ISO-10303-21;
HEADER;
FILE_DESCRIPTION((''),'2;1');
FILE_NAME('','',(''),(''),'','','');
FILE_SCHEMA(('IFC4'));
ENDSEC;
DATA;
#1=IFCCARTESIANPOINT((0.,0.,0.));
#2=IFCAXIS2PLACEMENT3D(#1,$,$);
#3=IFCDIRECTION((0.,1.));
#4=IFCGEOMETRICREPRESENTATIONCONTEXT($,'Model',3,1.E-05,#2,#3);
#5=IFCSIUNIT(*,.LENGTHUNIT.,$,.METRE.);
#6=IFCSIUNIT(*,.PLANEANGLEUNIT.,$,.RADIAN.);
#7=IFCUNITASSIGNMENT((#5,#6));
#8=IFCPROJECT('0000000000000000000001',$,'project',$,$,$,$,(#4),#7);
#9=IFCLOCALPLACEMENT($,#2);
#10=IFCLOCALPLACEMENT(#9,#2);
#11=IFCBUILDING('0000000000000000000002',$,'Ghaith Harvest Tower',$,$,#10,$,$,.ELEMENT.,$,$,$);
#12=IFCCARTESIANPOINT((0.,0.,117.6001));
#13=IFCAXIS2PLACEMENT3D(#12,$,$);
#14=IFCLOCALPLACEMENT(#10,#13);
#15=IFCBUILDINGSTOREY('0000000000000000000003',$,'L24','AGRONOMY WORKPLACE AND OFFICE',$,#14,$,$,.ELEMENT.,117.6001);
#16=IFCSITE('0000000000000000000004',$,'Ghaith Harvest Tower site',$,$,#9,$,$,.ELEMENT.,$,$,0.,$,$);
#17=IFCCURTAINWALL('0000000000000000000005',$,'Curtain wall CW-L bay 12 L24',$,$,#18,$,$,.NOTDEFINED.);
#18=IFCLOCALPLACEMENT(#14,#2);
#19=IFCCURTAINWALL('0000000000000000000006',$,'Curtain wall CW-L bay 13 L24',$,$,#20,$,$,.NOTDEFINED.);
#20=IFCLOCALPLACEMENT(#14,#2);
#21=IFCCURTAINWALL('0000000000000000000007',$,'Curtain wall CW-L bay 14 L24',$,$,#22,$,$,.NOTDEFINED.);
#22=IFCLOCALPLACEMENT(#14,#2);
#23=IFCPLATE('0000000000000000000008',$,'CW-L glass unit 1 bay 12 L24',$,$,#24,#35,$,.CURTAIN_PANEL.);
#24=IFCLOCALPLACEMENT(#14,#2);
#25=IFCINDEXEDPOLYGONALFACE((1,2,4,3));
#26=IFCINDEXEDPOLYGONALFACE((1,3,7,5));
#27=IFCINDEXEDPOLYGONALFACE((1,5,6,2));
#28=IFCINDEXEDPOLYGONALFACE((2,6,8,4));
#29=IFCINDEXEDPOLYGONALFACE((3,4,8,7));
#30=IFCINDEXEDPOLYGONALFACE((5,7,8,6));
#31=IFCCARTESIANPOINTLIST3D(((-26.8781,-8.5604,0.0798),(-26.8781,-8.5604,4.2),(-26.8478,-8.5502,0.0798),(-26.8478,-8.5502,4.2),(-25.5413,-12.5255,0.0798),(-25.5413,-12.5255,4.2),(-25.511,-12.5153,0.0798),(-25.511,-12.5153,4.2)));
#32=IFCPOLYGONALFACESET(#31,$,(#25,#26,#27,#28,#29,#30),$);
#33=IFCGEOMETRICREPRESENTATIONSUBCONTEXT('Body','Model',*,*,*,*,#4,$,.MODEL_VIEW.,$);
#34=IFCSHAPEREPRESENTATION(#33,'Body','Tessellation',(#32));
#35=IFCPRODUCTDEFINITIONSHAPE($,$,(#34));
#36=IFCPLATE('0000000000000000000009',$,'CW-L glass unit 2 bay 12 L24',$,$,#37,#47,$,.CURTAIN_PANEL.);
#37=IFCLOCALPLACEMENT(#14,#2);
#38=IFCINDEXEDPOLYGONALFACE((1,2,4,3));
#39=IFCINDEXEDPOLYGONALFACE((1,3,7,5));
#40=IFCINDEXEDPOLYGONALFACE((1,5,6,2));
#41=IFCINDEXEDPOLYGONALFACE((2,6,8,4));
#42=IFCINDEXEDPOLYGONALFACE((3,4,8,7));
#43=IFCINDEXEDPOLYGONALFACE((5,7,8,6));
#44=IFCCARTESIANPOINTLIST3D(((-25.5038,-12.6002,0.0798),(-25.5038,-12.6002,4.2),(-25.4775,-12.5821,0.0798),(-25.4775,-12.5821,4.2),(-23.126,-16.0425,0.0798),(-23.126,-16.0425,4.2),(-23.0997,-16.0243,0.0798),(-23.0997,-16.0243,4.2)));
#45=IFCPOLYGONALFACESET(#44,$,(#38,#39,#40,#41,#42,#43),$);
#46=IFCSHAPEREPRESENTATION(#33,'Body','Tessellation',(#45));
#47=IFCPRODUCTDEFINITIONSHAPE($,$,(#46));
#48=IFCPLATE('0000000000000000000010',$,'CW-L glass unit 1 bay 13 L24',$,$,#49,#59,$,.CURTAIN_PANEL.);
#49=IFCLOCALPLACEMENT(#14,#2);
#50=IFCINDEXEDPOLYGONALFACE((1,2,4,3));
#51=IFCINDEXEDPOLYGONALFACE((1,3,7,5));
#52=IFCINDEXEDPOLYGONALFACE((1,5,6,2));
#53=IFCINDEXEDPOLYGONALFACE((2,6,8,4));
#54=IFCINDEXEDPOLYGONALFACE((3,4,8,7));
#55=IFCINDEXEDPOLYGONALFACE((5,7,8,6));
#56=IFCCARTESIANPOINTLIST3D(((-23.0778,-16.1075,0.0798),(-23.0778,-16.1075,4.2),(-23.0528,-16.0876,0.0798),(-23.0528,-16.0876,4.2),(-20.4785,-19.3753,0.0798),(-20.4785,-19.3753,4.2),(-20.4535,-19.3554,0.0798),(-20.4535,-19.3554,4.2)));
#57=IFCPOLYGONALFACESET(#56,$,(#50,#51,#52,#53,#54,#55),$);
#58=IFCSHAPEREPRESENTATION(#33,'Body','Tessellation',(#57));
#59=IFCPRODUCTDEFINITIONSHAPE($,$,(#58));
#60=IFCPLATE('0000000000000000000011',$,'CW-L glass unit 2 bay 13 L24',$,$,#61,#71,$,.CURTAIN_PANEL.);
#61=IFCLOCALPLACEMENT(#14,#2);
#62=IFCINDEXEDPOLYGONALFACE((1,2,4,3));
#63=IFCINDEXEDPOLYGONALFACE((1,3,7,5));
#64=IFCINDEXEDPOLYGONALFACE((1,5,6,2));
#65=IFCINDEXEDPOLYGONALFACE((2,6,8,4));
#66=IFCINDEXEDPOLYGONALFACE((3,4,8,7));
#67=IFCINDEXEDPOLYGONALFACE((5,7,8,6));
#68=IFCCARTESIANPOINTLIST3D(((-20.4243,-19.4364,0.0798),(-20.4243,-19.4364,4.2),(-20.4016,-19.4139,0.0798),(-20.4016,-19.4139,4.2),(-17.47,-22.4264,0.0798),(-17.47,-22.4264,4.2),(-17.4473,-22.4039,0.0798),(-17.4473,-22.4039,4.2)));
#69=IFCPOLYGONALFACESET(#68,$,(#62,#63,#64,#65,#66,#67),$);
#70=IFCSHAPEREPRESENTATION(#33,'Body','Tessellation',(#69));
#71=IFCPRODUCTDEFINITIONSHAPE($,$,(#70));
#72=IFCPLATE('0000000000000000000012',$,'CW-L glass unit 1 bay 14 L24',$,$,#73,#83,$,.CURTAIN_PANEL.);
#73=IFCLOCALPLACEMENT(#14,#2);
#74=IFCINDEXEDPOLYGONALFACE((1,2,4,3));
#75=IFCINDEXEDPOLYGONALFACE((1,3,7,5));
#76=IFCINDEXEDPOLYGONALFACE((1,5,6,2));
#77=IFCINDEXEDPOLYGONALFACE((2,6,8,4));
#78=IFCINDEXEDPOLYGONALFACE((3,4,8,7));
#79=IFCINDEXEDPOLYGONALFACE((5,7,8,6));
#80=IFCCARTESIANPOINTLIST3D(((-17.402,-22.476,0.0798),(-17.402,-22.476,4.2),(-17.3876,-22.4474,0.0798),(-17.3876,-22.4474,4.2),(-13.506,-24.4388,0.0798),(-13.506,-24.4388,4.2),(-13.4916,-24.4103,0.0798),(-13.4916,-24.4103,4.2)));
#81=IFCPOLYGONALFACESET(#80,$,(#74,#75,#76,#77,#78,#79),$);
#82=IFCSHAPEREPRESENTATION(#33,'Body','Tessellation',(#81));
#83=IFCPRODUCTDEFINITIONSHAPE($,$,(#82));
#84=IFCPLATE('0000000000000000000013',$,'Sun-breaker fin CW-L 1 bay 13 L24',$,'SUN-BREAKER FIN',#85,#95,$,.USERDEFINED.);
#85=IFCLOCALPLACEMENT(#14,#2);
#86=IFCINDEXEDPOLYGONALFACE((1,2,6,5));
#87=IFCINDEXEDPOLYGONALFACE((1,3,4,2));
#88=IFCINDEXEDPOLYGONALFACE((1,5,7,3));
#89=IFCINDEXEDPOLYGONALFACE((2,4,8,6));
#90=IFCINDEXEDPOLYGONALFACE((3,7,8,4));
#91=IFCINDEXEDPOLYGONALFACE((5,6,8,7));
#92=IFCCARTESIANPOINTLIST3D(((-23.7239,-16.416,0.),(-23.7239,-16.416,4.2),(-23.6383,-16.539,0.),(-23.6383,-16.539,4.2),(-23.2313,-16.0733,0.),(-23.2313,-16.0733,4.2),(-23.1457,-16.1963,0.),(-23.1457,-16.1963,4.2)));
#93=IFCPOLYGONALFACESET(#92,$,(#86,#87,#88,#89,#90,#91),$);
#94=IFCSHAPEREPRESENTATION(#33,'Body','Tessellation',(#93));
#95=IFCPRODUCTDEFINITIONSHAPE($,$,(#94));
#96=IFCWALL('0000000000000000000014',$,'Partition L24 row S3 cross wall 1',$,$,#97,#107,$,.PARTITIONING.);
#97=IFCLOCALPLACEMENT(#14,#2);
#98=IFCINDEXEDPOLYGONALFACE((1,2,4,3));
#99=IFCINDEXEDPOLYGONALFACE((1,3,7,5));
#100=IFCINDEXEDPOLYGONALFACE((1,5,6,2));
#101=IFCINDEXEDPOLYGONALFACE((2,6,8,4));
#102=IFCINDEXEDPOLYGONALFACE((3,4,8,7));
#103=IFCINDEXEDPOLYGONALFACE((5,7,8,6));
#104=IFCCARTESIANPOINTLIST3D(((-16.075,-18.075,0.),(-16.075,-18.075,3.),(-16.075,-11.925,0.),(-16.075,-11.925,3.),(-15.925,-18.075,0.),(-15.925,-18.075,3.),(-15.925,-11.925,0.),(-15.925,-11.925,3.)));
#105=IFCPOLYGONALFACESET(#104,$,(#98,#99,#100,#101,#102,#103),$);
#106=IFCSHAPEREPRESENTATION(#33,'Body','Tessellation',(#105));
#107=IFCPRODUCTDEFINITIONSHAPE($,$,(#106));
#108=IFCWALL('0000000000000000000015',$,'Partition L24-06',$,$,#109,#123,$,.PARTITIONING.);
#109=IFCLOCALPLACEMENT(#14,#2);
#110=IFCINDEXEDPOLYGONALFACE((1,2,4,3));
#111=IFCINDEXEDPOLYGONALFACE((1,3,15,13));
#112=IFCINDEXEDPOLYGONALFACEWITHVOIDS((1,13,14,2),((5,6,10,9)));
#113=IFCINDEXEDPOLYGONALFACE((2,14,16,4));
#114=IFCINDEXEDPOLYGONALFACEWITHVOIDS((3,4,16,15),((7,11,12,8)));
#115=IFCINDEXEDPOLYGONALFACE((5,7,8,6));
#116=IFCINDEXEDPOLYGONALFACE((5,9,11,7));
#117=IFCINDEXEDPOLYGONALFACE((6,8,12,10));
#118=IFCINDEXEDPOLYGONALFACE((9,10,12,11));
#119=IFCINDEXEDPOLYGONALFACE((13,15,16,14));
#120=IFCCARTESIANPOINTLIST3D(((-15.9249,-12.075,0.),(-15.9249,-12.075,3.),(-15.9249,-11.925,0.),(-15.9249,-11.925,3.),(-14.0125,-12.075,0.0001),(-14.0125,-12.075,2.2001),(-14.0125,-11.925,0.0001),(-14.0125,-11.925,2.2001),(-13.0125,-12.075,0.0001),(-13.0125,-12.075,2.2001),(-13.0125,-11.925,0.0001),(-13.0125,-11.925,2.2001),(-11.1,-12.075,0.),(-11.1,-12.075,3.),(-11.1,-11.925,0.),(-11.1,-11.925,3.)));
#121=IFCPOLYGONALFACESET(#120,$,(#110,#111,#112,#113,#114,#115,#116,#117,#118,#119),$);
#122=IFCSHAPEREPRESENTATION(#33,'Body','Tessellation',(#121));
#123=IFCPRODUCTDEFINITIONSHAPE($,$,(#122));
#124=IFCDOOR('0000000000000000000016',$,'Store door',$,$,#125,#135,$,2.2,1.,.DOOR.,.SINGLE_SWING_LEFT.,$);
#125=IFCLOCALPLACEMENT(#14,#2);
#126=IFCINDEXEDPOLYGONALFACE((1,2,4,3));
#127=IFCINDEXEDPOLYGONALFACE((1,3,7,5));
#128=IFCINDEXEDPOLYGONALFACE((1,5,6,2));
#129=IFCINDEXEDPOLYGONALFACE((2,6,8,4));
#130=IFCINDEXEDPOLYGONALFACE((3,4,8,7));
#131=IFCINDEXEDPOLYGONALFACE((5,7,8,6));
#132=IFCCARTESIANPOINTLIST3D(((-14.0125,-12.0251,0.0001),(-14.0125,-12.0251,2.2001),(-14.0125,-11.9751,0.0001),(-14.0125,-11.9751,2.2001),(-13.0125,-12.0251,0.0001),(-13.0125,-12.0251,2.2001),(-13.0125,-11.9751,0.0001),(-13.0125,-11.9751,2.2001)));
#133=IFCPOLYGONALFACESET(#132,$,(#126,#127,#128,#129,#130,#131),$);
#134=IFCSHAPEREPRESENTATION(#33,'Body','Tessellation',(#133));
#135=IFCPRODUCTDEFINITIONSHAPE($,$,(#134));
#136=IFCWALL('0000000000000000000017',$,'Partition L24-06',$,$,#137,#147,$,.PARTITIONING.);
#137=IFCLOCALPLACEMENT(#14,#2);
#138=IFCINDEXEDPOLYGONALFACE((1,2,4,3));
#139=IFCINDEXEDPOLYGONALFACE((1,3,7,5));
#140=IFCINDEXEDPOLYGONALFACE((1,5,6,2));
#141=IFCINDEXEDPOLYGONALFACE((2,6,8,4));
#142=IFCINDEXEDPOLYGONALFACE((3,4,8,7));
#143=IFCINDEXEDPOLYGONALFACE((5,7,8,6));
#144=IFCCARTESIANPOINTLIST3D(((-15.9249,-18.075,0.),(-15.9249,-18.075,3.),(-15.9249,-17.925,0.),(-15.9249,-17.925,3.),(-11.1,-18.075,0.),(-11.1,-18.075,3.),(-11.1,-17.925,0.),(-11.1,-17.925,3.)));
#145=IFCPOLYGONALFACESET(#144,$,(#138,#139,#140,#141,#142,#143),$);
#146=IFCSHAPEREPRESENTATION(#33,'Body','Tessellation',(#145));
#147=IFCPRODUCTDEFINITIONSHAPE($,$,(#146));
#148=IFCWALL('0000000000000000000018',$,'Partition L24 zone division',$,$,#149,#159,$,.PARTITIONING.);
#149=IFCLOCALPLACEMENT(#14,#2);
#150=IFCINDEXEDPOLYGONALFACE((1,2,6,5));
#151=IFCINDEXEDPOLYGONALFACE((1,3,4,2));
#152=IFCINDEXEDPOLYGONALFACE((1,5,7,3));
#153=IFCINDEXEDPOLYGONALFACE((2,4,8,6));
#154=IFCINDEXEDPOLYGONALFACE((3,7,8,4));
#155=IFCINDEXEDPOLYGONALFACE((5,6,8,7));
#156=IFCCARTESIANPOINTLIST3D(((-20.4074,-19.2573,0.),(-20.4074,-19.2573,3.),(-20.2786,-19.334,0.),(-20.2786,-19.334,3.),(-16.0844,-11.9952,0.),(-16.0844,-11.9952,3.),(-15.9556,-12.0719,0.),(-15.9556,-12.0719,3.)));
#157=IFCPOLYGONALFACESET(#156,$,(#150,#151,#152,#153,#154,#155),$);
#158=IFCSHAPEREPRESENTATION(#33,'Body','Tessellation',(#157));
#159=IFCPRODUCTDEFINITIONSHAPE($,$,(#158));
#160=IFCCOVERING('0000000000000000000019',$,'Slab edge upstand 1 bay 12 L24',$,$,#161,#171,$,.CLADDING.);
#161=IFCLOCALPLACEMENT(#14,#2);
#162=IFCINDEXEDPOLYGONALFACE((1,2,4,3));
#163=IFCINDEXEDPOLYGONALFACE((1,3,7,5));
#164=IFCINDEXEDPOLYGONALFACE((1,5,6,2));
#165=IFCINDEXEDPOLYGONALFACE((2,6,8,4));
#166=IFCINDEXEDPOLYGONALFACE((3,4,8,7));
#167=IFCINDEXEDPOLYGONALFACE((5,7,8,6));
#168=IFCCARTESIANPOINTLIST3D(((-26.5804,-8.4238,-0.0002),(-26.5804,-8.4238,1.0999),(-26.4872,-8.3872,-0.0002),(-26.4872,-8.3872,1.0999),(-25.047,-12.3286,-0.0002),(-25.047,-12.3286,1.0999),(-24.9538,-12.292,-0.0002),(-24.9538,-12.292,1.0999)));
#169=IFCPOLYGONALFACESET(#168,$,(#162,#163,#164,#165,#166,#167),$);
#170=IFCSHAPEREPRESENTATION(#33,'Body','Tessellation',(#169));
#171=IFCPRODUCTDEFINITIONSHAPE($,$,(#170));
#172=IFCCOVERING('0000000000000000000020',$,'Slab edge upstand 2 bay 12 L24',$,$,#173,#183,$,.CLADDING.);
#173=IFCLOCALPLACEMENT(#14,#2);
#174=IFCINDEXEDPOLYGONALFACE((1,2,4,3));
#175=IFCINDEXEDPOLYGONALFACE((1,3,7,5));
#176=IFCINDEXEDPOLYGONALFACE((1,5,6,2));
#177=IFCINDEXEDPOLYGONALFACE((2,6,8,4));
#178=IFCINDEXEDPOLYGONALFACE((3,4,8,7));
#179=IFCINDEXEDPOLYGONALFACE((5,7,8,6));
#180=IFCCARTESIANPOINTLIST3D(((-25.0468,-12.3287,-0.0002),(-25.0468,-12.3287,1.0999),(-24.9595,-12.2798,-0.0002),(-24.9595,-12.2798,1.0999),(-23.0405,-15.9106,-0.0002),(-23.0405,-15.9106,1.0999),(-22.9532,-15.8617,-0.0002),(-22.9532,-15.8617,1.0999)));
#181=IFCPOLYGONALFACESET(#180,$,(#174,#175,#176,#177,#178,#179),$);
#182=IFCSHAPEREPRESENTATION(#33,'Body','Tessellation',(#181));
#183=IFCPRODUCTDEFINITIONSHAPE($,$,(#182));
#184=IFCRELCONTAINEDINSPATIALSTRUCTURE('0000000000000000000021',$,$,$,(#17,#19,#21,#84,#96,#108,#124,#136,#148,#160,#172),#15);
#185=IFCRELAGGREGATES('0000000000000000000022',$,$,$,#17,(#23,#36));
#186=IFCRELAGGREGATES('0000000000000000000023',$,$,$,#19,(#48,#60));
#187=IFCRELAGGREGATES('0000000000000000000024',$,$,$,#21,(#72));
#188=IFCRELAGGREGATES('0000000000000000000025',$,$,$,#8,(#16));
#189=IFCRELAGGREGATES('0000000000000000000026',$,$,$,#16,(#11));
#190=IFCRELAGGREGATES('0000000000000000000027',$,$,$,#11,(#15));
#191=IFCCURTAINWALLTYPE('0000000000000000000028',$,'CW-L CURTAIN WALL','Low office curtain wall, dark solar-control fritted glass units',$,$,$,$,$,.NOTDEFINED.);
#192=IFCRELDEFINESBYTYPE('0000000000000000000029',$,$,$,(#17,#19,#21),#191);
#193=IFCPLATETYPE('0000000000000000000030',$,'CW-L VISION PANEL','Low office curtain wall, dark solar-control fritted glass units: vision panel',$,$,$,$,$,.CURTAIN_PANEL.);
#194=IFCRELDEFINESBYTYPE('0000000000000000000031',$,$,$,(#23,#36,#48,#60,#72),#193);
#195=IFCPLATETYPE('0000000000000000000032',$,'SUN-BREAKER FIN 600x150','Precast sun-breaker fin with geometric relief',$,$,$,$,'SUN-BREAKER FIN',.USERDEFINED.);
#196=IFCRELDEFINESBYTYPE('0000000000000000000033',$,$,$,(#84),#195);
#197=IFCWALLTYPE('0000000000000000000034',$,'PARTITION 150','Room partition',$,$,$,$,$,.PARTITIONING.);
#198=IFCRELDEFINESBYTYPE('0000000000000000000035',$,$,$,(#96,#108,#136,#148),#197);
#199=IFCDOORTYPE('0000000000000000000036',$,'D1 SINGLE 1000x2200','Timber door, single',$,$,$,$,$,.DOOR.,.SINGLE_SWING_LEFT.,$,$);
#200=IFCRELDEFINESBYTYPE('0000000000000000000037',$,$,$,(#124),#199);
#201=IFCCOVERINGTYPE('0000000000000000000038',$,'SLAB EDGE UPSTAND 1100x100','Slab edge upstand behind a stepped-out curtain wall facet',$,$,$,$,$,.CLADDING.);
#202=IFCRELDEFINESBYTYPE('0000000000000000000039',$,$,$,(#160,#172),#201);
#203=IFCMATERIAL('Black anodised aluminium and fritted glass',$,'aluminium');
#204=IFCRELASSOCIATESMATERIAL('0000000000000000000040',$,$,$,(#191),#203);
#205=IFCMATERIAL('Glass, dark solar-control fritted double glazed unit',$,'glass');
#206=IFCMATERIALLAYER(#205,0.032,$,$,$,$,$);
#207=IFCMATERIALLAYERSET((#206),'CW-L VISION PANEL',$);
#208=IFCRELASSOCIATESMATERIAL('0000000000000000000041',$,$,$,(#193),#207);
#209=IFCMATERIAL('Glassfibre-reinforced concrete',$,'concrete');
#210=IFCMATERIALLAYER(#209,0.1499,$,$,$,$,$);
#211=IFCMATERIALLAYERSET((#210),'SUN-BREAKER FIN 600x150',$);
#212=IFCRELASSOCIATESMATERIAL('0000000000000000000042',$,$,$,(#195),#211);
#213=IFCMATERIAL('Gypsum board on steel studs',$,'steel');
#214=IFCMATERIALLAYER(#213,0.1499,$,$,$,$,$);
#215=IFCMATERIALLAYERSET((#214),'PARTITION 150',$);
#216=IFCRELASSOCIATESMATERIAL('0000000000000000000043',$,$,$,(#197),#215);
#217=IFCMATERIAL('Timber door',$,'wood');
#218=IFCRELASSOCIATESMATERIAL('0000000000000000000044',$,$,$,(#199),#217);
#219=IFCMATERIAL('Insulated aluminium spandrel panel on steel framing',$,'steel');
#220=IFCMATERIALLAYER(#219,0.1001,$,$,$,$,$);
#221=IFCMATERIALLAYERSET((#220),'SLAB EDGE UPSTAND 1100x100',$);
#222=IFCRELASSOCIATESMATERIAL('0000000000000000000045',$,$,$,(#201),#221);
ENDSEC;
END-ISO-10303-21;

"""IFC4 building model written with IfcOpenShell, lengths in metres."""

from ifc_helpers import new_model, si_unit, direction, frame, frame_2d, origin, origin_2d, place, context, subcontext, project, spatial, rectangle, extrude, material, layer, layer_set, type_object, element, fill, aggregate, save


model = new_model("IFC4")

# Units and contexts
model_context = context("Model", 3, precision=1e-05, world=origin(), true_north=direction((0.0, 1.0)))
body_context = subcontext(model_context, "Body", "Model", "MODEL_VIEW")
ifc_project = project(units=[si_unit("LENGTHUNIT", "METRE"), si_unit("PLANEANGLEUNIT", "RADIAN")], contexts=[model_context])

# Site, building, storey
site_placement = place(None, origin())
site = spatial("IfcSite", under=ifc_project, at=site_placement, Name="Ghaith Harvest Tower site", CompositionType="ELEMENT", RefElevation=0.0)
building_placement = place(site_placement, origin())
building = spatial("IfcBuilding", under=site, at=building_placement, Name="Ghaith Harvest Tower", CompositionType="ELEMENT")
storey_placement = place(building_placement, frame((0.0, 0.0, 117.6001)))
storey = spatial("IfcBuildingStorey", under=building, at=storey_placement, Name="L24", Description="AGRONOMY WORKPLACE AND OFFICE", CompositionType="ELEMENT", Elevation=117.6001)

# Curtain wall
ifc_material_1 = material(Name="Black anodised aluminium and fritted glass", Category="aluminium")
curtain_wall_type = type_object("IfcCurtainWallType", Name="CW-L CURTAIN WALL", Description="Low office curtain wall, dark solar-control fritted glass units", PredefinedType="NOTDEFINED", material=ifc_material_1)
curtain_wall_1_placement = place(storey_placement, origin())
curtain_wall_1 = element("IfcCurtainWall", 1, at=curtain_wall_1_placement, inside=storey, type_object=curtain_wall_type, Name="Curtain wall CW-L bay 12 L24", PredefinedType="NOTDEFINED")

# Curtain wall
curtain_wall_2_placement = place(storey_placement, origin())
curtain_wall_2 = element("IfcCurtainWall", 2, at=curtain_wall_2_placement, inside=storey, type_object=curtain_wall_type, Name="Curtain wall CW-L bay 13 L24", PredefinedType="NOTDEFINED")

# Curtain wall
curtain_wall_3_placement = place(storey_placement, origin())
curtain_wall_3 = element("IfcCurtainWall", 3, at=curtain_wall_3_placement, inside=storey, type_object=curtain_wall_type, Name="Curtain wall CW-L bay 14 L24", PredefinedType="NOTDEFINED")

# Plates
ifc_material_2 = material(Name="Glass, dark solar-control fritted double glazed unit", Category="glass")
ifc_layer_1 = layer(ifc_material_2, 0.032)
ifc_layer_set_1 = layer_set([ifc_layer_1], Name="CW-L VISION PANEL")
plate_type_1 = type_object("IfcPlateType", Name="CW-L VISION PANEL", Description="Low office curtain wall, dark solar-control fritted glass units: vision panel", PredefinedType="CURTAIN_PANEL", material=ifc_layer_set_1)
plate_1_placement = place(storey_placement, frame((-26.1946, -10.5378, 0.0798), z_axis=(0.0, 0.0, 1.0), x_axis=(0.319477, -0.947594, 0.0)))
plate_1 = element("IfcPlate", 4, at=plate_1_placement, type_object=plate_type_1, Name="CW-L glass unit 1 bay 12 L24", PredefinedType="CURTAIN_PANEL", context=body_context, shape_type="SweptSolid", body=[
    extrude(rectangle(XDim=4.1843, YDim=0.032, at=origin_2d()), origin(), (0.0, 0.0, 1.0), 4.1201),
])
plate_2_placement = place(storey_placement, frame((-24.3018, -14.3123, 0.0798), z_axis=(0.0, 0.0, 1.0), x_axis=(0.568348, -0.822788, 0.0)))
plate_2 = element("IfcPlate", 5, at=plate_2_placement, type_object=plate_type_1, Name="CW-L glass unit 2 bay 12 L24", PredefinedType="CURTAIN_PANEL", context=body_context, shape_type="SweptSolid", body=[
    extrude(rectangle(XDim=4.1836, YDim=0.032, at=origin_2d()), origin(), (0.0, 0.0, 1.0), 4.1201),
])
aggregate(curtain_wall_1, [plate_1, plate_2])
plate_3_placement = place(storey_placement, frame((-21.7656, -17.7314, 0.0798), z_axis=(0.0, 0.0, 1.0), x_axis=(0.622507, -0.782614, 0.0)))
plate_3 = element("IfcPlate", 6, at=plate_3_placement, type_object=plate_type_1, Name="CW-L glass unit 1 bay 13 L24", PredefinedType="CURTAIN_PANEL", context=body_context, shape_type="SweptSolid", body=[
    extrude(rectangle(XDim=4.1755, YDim=0.032, at=origin_2d()), origin(), (0.0, 0.0, 1.0), 4.1201),
])
plate_4_placement = place(storey_placement, frame((-18.9358, -20.9202, 0.0798), z_axis=(0.0, 0.0, 1.0), x_axis=(0.702843, -0.711345, 0.0)))
plate_4 = element("IfcPlate", 7, at=plate_4_placement, type_object=plate_type_1, Name="CW-L glass unit 2 bay 13 L24", PredefinedType="CURTAIN_PANEL", context=body_context, shape_type="SweptSolid", body=[
    extrude(rectangle(XDim=4.2034, YDim=0.032, at=origin_2d()), origin(), (0.0, 0.0, 1.0), 4.1201),
])
aggregate(curtain_wall_2, [plate_3, plate_4])
plate_5_placement = place(storey_placement, frame((-15.4468, -23.4431, 0.0798), z_axis=(0.0, 0.0, 1.0), x_axis=(0.893062, -0.449933, 0.0)))
plate_5 = element("IfcPlate", 8, at=plate_5_placement, type_object=plate_type_1, Name="CW-L glass unit 1 bay 14 L24", PredefinedType="CURTAIN_PANEL", context=body_context, shape_type="SweptSolid", body=[
    extrude(rectangle(XDim=4.3625, YDim=0.032, at=origin_2d()), origin(), (0.0, 0.0, 1.0), 4.1201),
])
aggregate(curtain_wall_3, [plate_5])
ifc_material_3 = material(Name="Glassfibre-reinforced concrete", Category="concrete")
ifc_layer_2 = layer(ifc_material_3, 0.1499)
ifc_layer_set_2 = layer_set([ifc_layer_2], Name="SUN-BREAKER FIN 600x150")
plate_type_2 = type_object("IfcPlateType", Name="SUN-BREAKER FIN 600x150", Description="Precast sun-breaker fin with geometric relief", ElementType="SUN-BREAKER FIN", PredefinedType="USERDEFINED", material=ifc_layer_set_2)
plate_6_placement = place(storey_placement, frame((-23.4348, -16.3062, 0.0), z_axis=(0.0, 0.0, 1.0), x_axis=(-0.820845, -0.57115, 0.0)))
element("IfcPlate", 9, at=plate_6_placement, inside=storey, type_object=plate_type_2, Name="Sun-breaker fin CW-L 1 bay 13 L24", ObjectType="SUN-BREAKER FIN", PredefinedType="USERDEFINED", context=body_context, shape_type="SweptSolid", body=[
    extrude(rectangle(XDim=0.6001, YDim=0.1499, at=origin_2d()), origin(), (0.0, 0.0, 1.0), 4.2),
])

# Wall
ifc_material_4 = material(Name="Gypsum board on steel studs", Category="steel")
ifc_layer_3 = layer(ifc_material_4, 0.1499)
ifc_layer_set_3 = layer_set([ifc_layer_3], Name="PARTITION 150")
wall_type_1 = type_object("IfcWallType", Name="PARTITION 150", Description="Room partition", PredefinedType="PARTITIONING", material=ifc_layer_set_3)
wall_1_placement = place(storey_placement, frame((-16.0, -11.925, 0.0), z_axis=(0.0, 0.0, 1.0), x_axis=(0.0, -1.0, 0.0)))
element("IfcWall", 10, at=wall_1_placement, inside=storey, type_object=wall_type_1, Name="Partition L24 row S3 cross wall 1", PredefinedType="PARTITIONING", context=body_context, shape_type="SweptSolid", body=[
    extrude(rectangle(XDim=6.1499, YDim=0.1499, at=frame_2d((3.075, 0.0))), origin(), (0.0, 0.0, 1.0), 3.0),
])

# Wall, opening, door
wall_2_placement = place(storey_placement, frame((-15.925, -12.0, 0.0), z_axis=(0.0, 0.0, 1.0), x_axis=(1.0, 0.0, 0.0)))
wall_2 = element("IfcWall", 11, at=wall_2_placement, inside=storey, type_object=wall_type_1, Name="Partition L24-06", PredefinedType="PARTITIONING", context=body_context, shape_type="SweptSolid", body=[
    extrude(rectangle(XDim=4.825, YDim=0.1499, at=frame_2d((2.4126, 0.0))), origin(), (0.0, 0.0, 1.0), 3.0),
])
opening_1_placement = place(wall_2_placement, frame((1.9126, 0.0, 0.0)))
opening_1 = element("IfcOpeningElement", 12, at=opening_1_placement, cuts=wall_2, PredefinedType="OPENING", context=body_context, shape_type="SweptSolid", body=[
    extrude(rectangle(XDim=1.0, YDim=2.2, at=frame_2d((0.5, 1.1001))), frame((0.0, 0.085, 0.0), z_axis=(0.0, -1.0, 0.0), x_axis=(1.0, 0.0, 0.0)), (0.0, 0.0, 1.0), 0.1699),
])
ifc_material_5 = material(Name="Timber door", Category="wood")
door_type_1 = type_object("IfcDoorType", Name="D1 SINGLE 1000x2200", Description="Timber door, single", OperationType="SINGLE_SWING_LEFT", PredefinedType="DOOR", material=ifc_material_5)
door_1_placement = place(opening_1_placement, origin())
door_1 = element("IfcDoor", 13, at=door_1_placement, inside=storey, type_object=door_type_1, Name="Store door", OperationType="SINGLE_SWING_LEFT", OverallHeight=2.2, OverallWidth=1.0, PredefinedType="DOOR", context=body_context, shape_type="SweptSolid", body=[
    extrude(rectangle(XDim=1.0, YDim=2.2, at=frame_2d((0.5, 1.1001))), frame((0.0, 0.0249, 0.0), z_axis=(0.0, -1.0, 0.0), x_axis=(1.0, 0.0, 0.0)), (0.0, 0.0, 1.0), 0.05),
])
fill(opening_1, door_1)

# Walls
wall_3_placement = place(storey_placement, frame((-15.925, -18.0, 0.0), z_axis=(0.0, 0.0, 1.0), x_axis=(1.0, 0.0, 0.0)))
element("IfcWall", 14, at=wall_3_placement, inside=storey, type_object=wall_type_1, Name="Partition L24-06", PredefinedType="PARTITIONING", context=body_context, shape_type="SweptSolid", body=[
    extrude(rectangle(XDim=4.825, YDim=0.1499, at=frame_2d((2.4126, 0.0))), origin(), (0.0, 0.0, 1.0), 3.0),
])
wall_4_placement = place(storey_placement, frame((-16.02, -12.0337, 0.0), z_axis=(0.0, 0.0, 1.0), x_axis=(-0.511519, -0.859272, 0.0)))
element("IfcWall", 15, at=wall_4_placement, inside=storey, type_object=wall_type_1, Name="Partition L24 zone division", PredefinedType="PARTITIONING", context=body_context, shape_type="SweptSolid", body=[
    extrude(rectangle(XDim=8.4514, YDim=0.1499, at=frame_2d((4.2256, 0.0))), origin(), (0.0, 0.0, 1.0), 3.0),
])

# Coverings
ifc_material_6 = material(Name="Insulated aluminium spandrel panel on steel framing", Category="steel")
ifc_layer_4 = layer(ifc_material_6, 0.1001)
ifc_layer_set_4 = layer_set([ifc_layer_4], Name="SLAB EDGE UPSTAND 1100x100")
covering_type = type_object("IfcCoveringType", Name="SLAB EDGE UPSTAND 1100x100", Description="Slab edge upstand behind a stepped-out curtain wall facet", PredefinedType="CLADDING", material=ifc_layer_set_4)
covering_1_placement = place(storey_placement, frame((-25.7671, -10.3579, -0.0002), z_axis=(0.0, 0.0, 1.0), x_axis=(0.365515, -0.930805, 0.0)))
element("IfcCovering", 16, at=covering_1_placement, inside=storey, type_object=covering_type, Name="Slab edge upstand 1 bay 12 L24", PredefinedType="CLADDING", context=body_context, shape_type="SweptSolid", body=[
    extrude(rectangle(XDim=4.1951, YDim=0.1001, at=origin_2d()), origin(), (0.0, 0.0, 1.0), 1.1001),
])
covering_2_placement = place(storey_placement, frame((-24.0, -14.0952, -0.0002), z_axis=(0.0, 0.0, 1.0), x_axis=(0.488684, -0.872461, 0.0)))
element("IfcCovering", 17, at=covering_2_placement, inside=storey, type_object=covering_type, Name="Slab edge upstand 2 bay 12 L24", PredefinedType="CLADDING", context=body_context, shape_type="SweptSolid", body=[
    extrude(rectangle(XDim=4.1055, YDim=0.1001, at=origin_2d()), origin(), (0.0, 0.0, 1.0), 1.1001),
])

save(model, "model.ifc")
